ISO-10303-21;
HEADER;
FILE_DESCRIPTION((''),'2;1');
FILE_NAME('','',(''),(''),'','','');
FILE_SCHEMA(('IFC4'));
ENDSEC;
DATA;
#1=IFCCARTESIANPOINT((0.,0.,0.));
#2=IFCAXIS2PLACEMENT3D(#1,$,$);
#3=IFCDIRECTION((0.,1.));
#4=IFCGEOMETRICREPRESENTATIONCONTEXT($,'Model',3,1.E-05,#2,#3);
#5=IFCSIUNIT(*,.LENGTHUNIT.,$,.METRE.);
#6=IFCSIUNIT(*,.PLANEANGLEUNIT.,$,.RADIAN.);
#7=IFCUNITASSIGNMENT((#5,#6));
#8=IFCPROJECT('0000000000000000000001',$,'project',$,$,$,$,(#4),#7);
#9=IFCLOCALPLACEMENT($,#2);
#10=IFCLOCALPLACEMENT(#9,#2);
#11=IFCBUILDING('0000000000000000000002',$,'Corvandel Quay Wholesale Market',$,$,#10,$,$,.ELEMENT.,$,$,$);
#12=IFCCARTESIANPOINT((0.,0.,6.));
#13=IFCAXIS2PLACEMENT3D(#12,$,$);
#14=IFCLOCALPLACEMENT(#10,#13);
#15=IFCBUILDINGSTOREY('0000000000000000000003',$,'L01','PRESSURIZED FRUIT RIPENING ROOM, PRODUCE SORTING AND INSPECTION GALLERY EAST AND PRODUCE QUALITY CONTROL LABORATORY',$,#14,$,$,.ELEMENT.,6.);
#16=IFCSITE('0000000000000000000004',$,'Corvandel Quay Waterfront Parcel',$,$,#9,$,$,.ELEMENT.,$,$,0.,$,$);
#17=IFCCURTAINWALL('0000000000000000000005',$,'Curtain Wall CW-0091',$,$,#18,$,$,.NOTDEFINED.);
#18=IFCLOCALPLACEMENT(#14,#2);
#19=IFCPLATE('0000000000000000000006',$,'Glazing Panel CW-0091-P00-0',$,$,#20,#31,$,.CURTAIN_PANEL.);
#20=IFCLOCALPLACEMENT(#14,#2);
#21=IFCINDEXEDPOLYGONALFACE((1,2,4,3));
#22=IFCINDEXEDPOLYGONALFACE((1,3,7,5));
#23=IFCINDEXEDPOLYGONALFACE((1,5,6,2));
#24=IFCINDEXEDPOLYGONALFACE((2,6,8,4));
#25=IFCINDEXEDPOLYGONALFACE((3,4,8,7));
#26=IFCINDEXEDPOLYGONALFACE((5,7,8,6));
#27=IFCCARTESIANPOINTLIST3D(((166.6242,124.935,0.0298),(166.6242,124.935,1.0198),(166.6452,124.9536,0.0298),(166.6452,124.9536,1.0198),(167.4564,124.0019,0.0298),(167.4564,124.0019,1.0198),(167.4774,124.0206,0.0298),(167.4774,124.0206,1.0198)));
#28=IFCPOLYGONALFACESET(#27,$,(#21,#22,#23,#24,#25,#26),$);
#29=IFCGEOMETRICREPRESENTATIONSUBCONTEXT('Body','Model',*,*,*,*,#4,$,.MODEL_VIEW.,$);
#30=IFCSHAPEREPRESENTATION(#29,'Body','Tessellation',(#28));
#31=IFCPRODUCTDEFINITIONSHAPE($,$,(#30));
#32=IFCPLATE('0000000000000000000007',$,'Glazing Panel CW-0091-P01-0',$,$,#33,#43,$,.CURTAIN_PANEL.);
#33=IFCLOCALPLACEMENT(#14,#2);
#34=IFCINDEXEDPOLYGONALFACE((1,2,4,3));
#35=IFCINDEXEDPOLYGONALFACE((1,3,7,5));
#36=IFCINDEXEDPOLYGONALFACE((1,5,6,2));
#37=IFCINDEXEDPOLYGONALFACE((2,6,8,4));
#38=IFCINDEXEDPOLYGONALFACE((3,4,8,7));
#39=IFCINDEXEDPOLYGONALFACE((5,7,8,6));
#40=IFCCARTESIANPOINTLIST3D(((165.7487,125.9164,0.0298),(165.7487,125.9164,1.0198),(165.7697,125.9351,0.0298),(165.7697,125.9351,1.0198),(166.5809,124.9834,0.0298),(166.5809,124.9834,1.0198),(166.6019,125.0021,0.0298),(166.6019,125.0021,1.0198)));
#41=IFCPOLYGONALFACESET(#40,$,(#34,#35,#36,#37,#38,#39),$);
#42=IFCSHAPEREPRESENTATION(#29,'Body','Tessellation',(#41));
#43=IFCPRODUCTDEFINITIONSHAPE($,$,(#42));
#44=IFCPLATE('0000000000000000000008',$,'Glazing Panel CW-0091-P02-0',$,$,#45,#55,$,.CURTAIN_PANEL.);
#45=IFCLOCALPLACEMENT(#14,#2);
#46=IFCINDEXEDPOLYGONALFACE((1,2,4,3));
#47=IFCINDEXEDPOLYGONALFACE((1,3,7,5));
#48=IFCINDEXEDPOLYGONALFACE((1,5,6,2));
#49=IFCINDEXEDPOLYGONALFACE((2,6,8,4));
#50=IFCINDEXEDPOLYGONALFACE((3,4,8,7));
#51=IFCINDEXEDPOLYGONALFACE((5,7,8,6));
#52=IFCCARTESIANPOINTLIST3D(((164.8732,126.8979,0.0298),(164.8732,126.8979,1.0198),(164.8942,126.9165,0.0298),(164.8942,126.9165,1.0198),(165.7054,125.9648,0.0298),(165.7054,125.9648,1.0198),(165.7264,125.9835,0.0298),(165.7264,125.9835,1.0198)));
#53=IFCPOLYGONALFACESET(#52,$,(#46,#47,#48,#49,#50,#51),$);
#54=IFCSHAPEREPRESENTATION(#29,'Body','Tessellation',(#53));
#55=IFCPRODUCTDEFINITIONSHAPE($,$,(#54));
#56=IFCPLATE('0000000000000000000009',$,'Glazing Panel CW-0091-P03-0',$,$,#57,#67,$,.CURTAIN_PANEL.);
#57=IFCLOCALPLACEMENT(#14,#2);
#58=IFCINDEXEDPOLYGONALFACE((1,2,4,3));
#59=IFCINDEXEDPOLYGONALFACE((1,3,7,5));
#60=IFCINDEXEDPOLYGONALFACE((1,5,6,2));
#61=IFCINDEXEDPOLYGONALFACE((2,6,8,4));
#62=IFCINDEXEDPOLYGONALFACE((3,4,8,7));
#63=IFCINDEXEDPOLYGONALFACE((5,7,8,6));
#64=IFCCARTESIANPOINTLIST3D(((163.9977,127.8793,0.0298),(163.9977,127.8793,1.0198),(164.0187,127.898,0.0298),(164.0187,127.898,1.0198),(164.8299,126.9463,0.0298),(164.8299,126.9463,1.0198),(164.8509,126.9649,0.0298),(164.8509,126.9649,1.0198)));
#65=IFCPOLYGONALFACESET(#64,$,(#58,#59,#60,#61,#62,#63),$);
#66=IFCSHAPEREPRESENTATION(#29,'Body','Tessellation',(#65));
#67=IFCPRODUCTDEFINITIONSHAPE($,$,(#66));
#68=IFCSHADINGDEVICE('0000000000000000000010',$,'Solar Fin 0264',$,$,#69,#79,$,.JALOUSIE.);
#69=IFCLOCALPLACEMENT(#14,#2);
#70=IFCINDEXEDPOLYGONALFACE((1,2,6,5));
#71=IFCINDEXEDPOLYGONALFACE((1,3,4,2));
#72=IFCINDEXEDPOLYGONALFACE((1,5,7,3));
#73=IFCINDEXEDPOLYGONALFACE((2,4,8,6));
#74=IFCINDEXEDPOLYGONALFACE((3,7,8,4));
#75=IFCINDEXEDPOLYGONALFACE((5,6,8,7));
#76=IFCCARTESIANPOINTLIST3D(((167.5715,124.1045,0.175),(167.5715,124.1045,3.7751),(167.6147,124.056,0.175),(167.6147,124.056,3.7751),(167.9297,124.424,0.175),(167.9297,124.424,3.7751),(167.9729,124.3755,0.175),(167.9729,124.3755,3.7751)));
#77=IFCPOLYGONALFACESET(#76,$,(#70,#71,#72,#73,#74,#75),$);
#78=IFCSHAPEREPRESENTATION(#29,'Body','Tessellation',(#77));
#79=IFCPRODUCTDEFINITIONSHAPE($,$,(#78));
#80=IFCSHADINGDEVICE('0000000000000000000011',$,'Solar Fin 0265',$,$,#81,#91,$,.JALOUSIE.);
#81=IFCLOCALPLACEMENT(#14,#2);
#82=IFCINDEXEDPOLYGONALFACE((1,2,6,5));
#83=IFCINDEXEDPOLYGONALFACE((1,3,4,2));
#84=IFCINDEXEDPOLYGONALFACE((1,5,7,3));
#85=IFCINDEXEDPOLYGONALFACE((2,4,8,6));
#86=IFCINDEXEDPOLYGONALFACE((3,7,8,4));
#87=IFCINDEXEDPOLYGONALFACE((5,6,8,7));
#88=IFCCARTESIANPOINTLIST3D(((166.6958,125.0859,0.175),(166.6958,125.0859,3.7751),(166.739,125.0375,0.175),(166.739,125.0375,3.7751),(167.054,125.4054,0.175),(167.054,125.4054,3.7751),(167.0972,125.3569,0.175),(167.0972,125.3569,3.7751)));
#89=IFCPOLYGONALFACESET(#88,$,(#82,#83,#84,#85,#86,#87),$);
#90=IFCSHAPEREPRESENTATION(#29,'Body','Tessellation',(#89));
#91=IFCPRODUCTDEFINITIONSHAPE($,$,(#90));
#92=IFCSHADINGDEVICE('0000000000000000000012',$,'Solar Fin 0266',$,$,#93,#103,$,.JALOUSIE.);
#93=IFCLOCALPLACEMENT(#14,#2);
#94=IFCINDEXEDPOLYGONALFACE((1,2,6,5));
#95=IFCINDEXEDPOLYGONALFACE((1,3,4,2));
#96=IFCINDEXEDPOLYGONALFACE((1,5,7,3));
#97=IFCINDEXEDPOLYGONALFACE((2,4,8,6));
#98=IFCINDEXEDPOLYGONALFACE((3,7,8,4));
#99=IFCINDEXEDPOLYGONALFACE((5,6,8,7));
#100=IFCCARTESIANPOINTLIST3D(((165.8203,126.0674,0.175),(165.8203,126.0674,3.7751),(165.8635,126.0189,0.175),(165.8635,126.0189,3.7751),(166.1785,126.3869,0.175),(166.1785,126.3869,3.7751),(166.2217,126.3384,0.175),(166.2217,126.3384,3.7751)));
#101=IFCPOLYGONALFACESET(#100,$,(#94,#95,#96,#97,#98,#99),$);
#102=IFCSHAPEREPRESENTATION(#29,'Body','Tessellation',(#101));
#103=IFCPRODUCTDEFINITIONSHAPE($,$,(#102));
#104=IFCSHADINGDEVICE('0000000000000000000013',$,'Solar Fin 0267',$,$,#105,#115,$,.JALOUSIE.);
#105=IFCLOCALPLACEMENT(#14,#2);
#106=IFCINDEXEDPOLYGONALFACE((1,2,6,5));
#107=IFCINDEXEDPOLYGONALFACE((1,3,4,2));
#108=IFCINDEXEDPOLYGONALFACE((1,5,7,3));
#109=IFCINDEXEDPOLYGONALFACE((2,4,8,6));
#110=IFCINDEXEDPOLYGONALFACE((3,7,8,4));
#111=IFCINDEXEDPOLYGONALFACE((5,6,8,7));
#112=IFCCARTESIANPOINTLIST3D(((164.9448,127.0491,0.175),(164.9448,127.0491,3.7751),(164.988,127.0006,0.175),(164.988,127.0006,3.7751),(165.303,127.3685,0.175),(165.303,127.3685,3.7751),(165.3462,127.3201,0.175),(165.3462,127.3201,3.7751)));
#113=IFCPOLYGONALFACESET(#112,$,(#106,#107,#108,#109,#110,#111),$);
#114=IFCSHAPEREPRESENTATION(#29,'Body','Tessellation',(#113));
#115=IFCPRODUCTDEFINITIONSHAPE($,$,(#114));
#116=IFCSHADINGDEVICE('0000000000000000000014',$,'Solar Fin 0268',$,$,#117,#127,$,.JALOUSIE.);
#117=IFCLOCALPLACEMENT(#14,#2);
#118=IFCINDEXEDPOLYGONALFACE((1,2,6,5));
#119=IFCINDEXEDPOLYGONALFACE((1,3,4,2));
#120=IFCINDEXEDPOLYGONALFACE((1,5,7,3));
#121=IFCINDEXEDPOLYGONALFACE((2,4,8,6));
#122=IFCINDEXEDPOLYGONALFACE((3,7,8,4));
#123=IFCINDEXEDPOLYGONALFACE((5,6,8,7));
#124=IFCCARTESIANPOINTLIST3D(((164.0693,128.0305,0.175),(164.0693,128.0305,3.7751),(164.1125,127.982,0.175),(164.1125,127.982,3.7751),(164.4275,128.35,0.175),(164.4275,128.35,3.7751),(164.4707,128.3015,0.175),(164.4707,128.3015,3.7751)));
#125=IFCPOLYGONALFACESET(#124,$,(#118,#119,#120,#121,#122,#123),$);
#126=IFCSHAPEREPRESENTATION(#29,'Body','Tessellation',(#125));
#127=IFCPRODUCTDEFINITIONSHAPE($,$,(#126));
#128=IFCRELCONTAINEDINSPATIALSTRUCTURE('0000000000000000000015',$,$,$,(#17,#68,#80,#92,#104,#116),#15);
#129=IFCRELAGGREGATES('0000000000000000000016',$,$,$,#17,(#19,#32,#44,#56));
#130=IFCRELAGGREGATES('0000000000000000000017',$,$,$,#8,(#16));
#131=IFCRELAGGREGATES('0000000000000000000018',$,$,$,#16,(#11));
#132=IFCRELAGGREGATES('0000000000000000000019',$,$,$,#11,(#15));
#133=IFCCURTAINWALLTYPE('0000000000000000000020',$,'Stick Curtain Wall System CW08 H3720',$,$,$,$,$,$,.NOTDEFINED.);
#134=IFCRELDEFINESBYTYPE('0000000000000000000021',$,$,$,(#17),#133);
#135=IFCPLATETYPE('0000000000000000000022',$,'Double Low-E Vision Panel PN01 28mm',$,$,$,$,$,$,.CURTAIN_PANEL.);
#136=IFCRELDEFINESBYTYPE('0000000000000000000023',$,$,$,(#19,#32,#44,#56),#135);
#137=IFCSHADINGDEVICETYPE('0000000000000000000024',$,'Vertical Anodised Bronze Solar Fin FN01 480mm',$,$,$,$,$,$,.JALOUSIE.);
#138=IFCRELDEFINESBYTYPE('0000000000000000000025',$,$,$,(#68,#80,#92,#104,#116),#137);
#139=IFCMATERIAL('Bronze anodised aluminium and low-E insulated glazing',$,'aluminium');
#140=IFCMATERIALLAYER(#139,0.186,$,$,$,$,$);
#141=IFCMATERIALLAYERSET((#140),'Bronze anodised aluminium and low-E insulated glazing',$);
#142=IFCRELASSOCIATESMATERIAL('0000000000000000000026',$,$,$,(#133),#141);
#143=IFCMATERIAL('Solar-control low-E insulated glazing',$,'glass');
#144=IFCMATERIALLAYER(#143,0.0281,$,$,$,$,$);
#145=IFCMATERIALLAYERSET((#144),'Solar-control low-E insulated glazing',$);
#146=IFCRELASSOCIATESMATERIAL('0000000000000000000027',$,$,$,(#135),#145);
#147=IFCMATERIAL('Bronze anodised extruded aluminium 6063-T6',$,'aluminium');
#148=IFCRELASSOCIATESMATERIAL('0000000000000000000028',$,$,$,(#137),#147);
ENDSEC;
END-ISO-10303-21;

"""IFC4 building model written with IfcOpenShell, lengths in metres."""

from ifc_helpers import new_model, si_unit, direction, frame, origin, origin_2d, place, context, subcontext, project, spatial, rectangle, extrude, material, layer, layer_set, type_object, element, aggregate, save


model = new_model("IFC4")

# Units and contexts
model_context = context("Model", 3, precision=1e-05, world=origin(), true_north=direction((0.0, 1.0)))
body_context = subcontext(model_context, "Body", "Model", "MODEL_VIEW")
ifc_project = project(units=[si_unit("LENGTHUNIT", "METRE"), si_unit("PLANEANGLEUNIT", "RADIAN")], contexts=[model_context])

# Site, building, storey
site_placement = place(None, origin())
site = spatial("IfcSite", under=ifc_project, at=site_placement, Name="Corvandel Quay Waterfront Parcel", CompositionType="ELEMENT", RefElevation=0.0)
building_placement = place(site_placement, origin())
building = spatial("IfcBuilding", under=site, at=building_placement, Name="Corvandel Quay Wholesale Market", CompositionType="ELEMENT")
storey_placement = place(building_placement, frame((0.0, 0.0, 6.0)))
storey = spatial("IfcBuildingStorey", under=building, at=storey_placement, Name="L01", Description="PRESSURIZED FRUIT RIPENING ROOM, PRODUCE SORTING AND INSPECTION GALLERY EAST AND PRODUCE QUALITY CONTROL LABORATORY", CompositionType="ELEMENT", Elevation=6.0)

# Curtain wall
ifc_material_1 = material(Name="Bronze anodised aluminium and low-E insulated glazing", Category="aluminium")
ifc_layer_1 = layer(ifc_material_1, 0.186)
ifc_layer_set_1 = layer_set([ifc_layer_1], Name="Bronze anodised aluminium and low-E insulated glazing")
curtain_wall_type = type_object("IfcCurtainWallType", Name="Stick Curtain Wall System CW08 H3720", PredefinedType="NOTDEFINED", material=ifc_layer_set_1)
curtain_wall_placement = place(storey_placement, origin())
curtain_wall = element("IfcCurtainWall", 1, at=curtain_wall_placement, inside=storey, type_object=curtain_wall_type, Name="Curtain Wall CW-0091", PredefinedType="NOTDEFINED")

# Plates
ifc_material_2 = material(Name="Solar-control low-E insulated glazing", Category="glass")
ifc_layer_2 = layer(ifc_material_2, 0.0281)
ifc_layer_set_2 = layer_set([ifc_layer_2], Name="Solar-control low-E insulated glazing")
plate_type = type_object("IfcPlateType", Name="Double Low-E Vision Panel PN01 28mm", PredefinedType="CURTAIN_PANEL", material=ifc_layer_set_2)
plate_1_placement = place(storey_placement, frame((167.0508, 124.4778, 0.0298), z_axis=(0.0, 0.0, 1.0), x_axis=(-0.665621, 0.74629, 0.0)))
plate_1 = element("IfcPlate", 2, at=plate_1_placement, type_object=plate_type, Name="Glazing Panel CW-0091-P00-0", PredefinedType="CURTAIN_PANEL", context=body_context, shape_type="SweptSolid", body=[
    extrude(rectangle(XDim=1.2502, YDim=0.0281, at=origin_2d()), origin(), (0.0, 0.0, 1.0), 0.99),
])
plate_2_placement = place(storey_placement, frame((166.1753, 125.4592, 0.0298), z_axis=(0.0, 0.0, 1.0), x_axis=(-0.665621, 0.74629, 0.0)))
plate_2 = element("IfcPlate", 3, at=plate_2_placement, type_object=plate_type, Name="Glazing Panel CW-0091-P01-0", PredefinedType="CURTAIN_PANEL", context=body_context, shape_type="SweptSolid", body=[
    extrude(rectangle(XDim=1.2502, YDim=0.0281, at=origin_2d()), origin(), (0.0, 0.0, 1.0), 0.99),
])
plate_3_placement = place(storey_placement, frame((165.2998, 126.4407, 0.0298), z_axis=(0.0, 0.0, 1.0), x_axis=(-0.665621, 0.74629, 0.0)))
plate_3 = element("IfcPlate", 4, at=plate_3_placement, type_object=plate_type, Name="Glazing Panel CW-0091-P02-0", PredefinedType="CURTAIN_PANEL", context=body_context, shape_type="SweptSolid", body=[
    extrude(rectangle(XDim=1.2502, YDim=0.0281, at=origin_2d()), origin(), (0.0, 0.0, 1.0), 0.99),
])
plate_4_placement = place(storey_placement, frame((164.4243, 127.4221, 0.0298), z_axis=(0.0, 0.0, 1.0), x_axis=(-0.665621, 0.74629, 0.0)))
plate_4 = element("IfcPlate", 5, at=plate_4_placement, type_object=plate_type, Name="Glazing Panel CW-0091-P03-0", PredefinedType="CURTAIN_PANEL", context=body_context, shape_type="SweptSolid", body=[
    extrude(rectangle(XDim=1.2502, YDim=0.0281, at=origin_2d()), origin(), (0.0, 0.0, 1.0), 0.99),
])
aggregate(curtain_wall, [plate_1, plate_2, plate_3, plate_4])

# Shading devices
ifc_material_3 = material(Name="Bronze anodised extruded aluminium 6063-T6", Category="aluminium")
shading_device_type = type_object("IfcShadingDeviceType", Name="Vertical Anodised Bronze Solar Fin FN01 480mm", PredefinedType="JALOUSIE", material=ifc_material_3)
for number, where, z_axis, x_axis, name in (
    (6, (167.7722, 124.24, 0.175), (0.0, 0.0, 1.0), (0.74629, 0.665621, 0.0), "Solar Fin 0264"),
    (7, (166.8965, 125.2214, 0.175), (0.0, 0.0, 1.0), (0.74629, 0.665621, 0.0), "Solar Fin 0265"),
    (8, (166.021, 126.2029, 0.175), (0.0, 0.0, 1.0), (0.74629, 0.665621, 0.0), "Solar Fin 0266"),
    (9, (165.1455, 127.1846, 0.175), (0.0, 0.0, 1.0), (0.74629, 0.665621, 0.0), "Solar Fin 0267"),
    (10, (164.27, 128.166, 0.175), (0.0, 0.0, 1.0), (0.74629, 0.665621, 0.0), "Solar Fin 0268"),
):
    element("IfcShadingDevice", number, at=place(storey_placement, frame(where, z_axis=z_axis, x_axis=x_axis)), inside=storey, type_object=shading_device_type, Name=name, PredefinedType="JALOUSIE", context=body_context, shape_type="SweptSolid", body=[
        extrude(rectangle(XDim=0.48, YDim=0.0649, at=origin_2d()), origin(), (0.0, 0.0, 1.0), 3.6001),
    ])

save(model, "model.ifc")
